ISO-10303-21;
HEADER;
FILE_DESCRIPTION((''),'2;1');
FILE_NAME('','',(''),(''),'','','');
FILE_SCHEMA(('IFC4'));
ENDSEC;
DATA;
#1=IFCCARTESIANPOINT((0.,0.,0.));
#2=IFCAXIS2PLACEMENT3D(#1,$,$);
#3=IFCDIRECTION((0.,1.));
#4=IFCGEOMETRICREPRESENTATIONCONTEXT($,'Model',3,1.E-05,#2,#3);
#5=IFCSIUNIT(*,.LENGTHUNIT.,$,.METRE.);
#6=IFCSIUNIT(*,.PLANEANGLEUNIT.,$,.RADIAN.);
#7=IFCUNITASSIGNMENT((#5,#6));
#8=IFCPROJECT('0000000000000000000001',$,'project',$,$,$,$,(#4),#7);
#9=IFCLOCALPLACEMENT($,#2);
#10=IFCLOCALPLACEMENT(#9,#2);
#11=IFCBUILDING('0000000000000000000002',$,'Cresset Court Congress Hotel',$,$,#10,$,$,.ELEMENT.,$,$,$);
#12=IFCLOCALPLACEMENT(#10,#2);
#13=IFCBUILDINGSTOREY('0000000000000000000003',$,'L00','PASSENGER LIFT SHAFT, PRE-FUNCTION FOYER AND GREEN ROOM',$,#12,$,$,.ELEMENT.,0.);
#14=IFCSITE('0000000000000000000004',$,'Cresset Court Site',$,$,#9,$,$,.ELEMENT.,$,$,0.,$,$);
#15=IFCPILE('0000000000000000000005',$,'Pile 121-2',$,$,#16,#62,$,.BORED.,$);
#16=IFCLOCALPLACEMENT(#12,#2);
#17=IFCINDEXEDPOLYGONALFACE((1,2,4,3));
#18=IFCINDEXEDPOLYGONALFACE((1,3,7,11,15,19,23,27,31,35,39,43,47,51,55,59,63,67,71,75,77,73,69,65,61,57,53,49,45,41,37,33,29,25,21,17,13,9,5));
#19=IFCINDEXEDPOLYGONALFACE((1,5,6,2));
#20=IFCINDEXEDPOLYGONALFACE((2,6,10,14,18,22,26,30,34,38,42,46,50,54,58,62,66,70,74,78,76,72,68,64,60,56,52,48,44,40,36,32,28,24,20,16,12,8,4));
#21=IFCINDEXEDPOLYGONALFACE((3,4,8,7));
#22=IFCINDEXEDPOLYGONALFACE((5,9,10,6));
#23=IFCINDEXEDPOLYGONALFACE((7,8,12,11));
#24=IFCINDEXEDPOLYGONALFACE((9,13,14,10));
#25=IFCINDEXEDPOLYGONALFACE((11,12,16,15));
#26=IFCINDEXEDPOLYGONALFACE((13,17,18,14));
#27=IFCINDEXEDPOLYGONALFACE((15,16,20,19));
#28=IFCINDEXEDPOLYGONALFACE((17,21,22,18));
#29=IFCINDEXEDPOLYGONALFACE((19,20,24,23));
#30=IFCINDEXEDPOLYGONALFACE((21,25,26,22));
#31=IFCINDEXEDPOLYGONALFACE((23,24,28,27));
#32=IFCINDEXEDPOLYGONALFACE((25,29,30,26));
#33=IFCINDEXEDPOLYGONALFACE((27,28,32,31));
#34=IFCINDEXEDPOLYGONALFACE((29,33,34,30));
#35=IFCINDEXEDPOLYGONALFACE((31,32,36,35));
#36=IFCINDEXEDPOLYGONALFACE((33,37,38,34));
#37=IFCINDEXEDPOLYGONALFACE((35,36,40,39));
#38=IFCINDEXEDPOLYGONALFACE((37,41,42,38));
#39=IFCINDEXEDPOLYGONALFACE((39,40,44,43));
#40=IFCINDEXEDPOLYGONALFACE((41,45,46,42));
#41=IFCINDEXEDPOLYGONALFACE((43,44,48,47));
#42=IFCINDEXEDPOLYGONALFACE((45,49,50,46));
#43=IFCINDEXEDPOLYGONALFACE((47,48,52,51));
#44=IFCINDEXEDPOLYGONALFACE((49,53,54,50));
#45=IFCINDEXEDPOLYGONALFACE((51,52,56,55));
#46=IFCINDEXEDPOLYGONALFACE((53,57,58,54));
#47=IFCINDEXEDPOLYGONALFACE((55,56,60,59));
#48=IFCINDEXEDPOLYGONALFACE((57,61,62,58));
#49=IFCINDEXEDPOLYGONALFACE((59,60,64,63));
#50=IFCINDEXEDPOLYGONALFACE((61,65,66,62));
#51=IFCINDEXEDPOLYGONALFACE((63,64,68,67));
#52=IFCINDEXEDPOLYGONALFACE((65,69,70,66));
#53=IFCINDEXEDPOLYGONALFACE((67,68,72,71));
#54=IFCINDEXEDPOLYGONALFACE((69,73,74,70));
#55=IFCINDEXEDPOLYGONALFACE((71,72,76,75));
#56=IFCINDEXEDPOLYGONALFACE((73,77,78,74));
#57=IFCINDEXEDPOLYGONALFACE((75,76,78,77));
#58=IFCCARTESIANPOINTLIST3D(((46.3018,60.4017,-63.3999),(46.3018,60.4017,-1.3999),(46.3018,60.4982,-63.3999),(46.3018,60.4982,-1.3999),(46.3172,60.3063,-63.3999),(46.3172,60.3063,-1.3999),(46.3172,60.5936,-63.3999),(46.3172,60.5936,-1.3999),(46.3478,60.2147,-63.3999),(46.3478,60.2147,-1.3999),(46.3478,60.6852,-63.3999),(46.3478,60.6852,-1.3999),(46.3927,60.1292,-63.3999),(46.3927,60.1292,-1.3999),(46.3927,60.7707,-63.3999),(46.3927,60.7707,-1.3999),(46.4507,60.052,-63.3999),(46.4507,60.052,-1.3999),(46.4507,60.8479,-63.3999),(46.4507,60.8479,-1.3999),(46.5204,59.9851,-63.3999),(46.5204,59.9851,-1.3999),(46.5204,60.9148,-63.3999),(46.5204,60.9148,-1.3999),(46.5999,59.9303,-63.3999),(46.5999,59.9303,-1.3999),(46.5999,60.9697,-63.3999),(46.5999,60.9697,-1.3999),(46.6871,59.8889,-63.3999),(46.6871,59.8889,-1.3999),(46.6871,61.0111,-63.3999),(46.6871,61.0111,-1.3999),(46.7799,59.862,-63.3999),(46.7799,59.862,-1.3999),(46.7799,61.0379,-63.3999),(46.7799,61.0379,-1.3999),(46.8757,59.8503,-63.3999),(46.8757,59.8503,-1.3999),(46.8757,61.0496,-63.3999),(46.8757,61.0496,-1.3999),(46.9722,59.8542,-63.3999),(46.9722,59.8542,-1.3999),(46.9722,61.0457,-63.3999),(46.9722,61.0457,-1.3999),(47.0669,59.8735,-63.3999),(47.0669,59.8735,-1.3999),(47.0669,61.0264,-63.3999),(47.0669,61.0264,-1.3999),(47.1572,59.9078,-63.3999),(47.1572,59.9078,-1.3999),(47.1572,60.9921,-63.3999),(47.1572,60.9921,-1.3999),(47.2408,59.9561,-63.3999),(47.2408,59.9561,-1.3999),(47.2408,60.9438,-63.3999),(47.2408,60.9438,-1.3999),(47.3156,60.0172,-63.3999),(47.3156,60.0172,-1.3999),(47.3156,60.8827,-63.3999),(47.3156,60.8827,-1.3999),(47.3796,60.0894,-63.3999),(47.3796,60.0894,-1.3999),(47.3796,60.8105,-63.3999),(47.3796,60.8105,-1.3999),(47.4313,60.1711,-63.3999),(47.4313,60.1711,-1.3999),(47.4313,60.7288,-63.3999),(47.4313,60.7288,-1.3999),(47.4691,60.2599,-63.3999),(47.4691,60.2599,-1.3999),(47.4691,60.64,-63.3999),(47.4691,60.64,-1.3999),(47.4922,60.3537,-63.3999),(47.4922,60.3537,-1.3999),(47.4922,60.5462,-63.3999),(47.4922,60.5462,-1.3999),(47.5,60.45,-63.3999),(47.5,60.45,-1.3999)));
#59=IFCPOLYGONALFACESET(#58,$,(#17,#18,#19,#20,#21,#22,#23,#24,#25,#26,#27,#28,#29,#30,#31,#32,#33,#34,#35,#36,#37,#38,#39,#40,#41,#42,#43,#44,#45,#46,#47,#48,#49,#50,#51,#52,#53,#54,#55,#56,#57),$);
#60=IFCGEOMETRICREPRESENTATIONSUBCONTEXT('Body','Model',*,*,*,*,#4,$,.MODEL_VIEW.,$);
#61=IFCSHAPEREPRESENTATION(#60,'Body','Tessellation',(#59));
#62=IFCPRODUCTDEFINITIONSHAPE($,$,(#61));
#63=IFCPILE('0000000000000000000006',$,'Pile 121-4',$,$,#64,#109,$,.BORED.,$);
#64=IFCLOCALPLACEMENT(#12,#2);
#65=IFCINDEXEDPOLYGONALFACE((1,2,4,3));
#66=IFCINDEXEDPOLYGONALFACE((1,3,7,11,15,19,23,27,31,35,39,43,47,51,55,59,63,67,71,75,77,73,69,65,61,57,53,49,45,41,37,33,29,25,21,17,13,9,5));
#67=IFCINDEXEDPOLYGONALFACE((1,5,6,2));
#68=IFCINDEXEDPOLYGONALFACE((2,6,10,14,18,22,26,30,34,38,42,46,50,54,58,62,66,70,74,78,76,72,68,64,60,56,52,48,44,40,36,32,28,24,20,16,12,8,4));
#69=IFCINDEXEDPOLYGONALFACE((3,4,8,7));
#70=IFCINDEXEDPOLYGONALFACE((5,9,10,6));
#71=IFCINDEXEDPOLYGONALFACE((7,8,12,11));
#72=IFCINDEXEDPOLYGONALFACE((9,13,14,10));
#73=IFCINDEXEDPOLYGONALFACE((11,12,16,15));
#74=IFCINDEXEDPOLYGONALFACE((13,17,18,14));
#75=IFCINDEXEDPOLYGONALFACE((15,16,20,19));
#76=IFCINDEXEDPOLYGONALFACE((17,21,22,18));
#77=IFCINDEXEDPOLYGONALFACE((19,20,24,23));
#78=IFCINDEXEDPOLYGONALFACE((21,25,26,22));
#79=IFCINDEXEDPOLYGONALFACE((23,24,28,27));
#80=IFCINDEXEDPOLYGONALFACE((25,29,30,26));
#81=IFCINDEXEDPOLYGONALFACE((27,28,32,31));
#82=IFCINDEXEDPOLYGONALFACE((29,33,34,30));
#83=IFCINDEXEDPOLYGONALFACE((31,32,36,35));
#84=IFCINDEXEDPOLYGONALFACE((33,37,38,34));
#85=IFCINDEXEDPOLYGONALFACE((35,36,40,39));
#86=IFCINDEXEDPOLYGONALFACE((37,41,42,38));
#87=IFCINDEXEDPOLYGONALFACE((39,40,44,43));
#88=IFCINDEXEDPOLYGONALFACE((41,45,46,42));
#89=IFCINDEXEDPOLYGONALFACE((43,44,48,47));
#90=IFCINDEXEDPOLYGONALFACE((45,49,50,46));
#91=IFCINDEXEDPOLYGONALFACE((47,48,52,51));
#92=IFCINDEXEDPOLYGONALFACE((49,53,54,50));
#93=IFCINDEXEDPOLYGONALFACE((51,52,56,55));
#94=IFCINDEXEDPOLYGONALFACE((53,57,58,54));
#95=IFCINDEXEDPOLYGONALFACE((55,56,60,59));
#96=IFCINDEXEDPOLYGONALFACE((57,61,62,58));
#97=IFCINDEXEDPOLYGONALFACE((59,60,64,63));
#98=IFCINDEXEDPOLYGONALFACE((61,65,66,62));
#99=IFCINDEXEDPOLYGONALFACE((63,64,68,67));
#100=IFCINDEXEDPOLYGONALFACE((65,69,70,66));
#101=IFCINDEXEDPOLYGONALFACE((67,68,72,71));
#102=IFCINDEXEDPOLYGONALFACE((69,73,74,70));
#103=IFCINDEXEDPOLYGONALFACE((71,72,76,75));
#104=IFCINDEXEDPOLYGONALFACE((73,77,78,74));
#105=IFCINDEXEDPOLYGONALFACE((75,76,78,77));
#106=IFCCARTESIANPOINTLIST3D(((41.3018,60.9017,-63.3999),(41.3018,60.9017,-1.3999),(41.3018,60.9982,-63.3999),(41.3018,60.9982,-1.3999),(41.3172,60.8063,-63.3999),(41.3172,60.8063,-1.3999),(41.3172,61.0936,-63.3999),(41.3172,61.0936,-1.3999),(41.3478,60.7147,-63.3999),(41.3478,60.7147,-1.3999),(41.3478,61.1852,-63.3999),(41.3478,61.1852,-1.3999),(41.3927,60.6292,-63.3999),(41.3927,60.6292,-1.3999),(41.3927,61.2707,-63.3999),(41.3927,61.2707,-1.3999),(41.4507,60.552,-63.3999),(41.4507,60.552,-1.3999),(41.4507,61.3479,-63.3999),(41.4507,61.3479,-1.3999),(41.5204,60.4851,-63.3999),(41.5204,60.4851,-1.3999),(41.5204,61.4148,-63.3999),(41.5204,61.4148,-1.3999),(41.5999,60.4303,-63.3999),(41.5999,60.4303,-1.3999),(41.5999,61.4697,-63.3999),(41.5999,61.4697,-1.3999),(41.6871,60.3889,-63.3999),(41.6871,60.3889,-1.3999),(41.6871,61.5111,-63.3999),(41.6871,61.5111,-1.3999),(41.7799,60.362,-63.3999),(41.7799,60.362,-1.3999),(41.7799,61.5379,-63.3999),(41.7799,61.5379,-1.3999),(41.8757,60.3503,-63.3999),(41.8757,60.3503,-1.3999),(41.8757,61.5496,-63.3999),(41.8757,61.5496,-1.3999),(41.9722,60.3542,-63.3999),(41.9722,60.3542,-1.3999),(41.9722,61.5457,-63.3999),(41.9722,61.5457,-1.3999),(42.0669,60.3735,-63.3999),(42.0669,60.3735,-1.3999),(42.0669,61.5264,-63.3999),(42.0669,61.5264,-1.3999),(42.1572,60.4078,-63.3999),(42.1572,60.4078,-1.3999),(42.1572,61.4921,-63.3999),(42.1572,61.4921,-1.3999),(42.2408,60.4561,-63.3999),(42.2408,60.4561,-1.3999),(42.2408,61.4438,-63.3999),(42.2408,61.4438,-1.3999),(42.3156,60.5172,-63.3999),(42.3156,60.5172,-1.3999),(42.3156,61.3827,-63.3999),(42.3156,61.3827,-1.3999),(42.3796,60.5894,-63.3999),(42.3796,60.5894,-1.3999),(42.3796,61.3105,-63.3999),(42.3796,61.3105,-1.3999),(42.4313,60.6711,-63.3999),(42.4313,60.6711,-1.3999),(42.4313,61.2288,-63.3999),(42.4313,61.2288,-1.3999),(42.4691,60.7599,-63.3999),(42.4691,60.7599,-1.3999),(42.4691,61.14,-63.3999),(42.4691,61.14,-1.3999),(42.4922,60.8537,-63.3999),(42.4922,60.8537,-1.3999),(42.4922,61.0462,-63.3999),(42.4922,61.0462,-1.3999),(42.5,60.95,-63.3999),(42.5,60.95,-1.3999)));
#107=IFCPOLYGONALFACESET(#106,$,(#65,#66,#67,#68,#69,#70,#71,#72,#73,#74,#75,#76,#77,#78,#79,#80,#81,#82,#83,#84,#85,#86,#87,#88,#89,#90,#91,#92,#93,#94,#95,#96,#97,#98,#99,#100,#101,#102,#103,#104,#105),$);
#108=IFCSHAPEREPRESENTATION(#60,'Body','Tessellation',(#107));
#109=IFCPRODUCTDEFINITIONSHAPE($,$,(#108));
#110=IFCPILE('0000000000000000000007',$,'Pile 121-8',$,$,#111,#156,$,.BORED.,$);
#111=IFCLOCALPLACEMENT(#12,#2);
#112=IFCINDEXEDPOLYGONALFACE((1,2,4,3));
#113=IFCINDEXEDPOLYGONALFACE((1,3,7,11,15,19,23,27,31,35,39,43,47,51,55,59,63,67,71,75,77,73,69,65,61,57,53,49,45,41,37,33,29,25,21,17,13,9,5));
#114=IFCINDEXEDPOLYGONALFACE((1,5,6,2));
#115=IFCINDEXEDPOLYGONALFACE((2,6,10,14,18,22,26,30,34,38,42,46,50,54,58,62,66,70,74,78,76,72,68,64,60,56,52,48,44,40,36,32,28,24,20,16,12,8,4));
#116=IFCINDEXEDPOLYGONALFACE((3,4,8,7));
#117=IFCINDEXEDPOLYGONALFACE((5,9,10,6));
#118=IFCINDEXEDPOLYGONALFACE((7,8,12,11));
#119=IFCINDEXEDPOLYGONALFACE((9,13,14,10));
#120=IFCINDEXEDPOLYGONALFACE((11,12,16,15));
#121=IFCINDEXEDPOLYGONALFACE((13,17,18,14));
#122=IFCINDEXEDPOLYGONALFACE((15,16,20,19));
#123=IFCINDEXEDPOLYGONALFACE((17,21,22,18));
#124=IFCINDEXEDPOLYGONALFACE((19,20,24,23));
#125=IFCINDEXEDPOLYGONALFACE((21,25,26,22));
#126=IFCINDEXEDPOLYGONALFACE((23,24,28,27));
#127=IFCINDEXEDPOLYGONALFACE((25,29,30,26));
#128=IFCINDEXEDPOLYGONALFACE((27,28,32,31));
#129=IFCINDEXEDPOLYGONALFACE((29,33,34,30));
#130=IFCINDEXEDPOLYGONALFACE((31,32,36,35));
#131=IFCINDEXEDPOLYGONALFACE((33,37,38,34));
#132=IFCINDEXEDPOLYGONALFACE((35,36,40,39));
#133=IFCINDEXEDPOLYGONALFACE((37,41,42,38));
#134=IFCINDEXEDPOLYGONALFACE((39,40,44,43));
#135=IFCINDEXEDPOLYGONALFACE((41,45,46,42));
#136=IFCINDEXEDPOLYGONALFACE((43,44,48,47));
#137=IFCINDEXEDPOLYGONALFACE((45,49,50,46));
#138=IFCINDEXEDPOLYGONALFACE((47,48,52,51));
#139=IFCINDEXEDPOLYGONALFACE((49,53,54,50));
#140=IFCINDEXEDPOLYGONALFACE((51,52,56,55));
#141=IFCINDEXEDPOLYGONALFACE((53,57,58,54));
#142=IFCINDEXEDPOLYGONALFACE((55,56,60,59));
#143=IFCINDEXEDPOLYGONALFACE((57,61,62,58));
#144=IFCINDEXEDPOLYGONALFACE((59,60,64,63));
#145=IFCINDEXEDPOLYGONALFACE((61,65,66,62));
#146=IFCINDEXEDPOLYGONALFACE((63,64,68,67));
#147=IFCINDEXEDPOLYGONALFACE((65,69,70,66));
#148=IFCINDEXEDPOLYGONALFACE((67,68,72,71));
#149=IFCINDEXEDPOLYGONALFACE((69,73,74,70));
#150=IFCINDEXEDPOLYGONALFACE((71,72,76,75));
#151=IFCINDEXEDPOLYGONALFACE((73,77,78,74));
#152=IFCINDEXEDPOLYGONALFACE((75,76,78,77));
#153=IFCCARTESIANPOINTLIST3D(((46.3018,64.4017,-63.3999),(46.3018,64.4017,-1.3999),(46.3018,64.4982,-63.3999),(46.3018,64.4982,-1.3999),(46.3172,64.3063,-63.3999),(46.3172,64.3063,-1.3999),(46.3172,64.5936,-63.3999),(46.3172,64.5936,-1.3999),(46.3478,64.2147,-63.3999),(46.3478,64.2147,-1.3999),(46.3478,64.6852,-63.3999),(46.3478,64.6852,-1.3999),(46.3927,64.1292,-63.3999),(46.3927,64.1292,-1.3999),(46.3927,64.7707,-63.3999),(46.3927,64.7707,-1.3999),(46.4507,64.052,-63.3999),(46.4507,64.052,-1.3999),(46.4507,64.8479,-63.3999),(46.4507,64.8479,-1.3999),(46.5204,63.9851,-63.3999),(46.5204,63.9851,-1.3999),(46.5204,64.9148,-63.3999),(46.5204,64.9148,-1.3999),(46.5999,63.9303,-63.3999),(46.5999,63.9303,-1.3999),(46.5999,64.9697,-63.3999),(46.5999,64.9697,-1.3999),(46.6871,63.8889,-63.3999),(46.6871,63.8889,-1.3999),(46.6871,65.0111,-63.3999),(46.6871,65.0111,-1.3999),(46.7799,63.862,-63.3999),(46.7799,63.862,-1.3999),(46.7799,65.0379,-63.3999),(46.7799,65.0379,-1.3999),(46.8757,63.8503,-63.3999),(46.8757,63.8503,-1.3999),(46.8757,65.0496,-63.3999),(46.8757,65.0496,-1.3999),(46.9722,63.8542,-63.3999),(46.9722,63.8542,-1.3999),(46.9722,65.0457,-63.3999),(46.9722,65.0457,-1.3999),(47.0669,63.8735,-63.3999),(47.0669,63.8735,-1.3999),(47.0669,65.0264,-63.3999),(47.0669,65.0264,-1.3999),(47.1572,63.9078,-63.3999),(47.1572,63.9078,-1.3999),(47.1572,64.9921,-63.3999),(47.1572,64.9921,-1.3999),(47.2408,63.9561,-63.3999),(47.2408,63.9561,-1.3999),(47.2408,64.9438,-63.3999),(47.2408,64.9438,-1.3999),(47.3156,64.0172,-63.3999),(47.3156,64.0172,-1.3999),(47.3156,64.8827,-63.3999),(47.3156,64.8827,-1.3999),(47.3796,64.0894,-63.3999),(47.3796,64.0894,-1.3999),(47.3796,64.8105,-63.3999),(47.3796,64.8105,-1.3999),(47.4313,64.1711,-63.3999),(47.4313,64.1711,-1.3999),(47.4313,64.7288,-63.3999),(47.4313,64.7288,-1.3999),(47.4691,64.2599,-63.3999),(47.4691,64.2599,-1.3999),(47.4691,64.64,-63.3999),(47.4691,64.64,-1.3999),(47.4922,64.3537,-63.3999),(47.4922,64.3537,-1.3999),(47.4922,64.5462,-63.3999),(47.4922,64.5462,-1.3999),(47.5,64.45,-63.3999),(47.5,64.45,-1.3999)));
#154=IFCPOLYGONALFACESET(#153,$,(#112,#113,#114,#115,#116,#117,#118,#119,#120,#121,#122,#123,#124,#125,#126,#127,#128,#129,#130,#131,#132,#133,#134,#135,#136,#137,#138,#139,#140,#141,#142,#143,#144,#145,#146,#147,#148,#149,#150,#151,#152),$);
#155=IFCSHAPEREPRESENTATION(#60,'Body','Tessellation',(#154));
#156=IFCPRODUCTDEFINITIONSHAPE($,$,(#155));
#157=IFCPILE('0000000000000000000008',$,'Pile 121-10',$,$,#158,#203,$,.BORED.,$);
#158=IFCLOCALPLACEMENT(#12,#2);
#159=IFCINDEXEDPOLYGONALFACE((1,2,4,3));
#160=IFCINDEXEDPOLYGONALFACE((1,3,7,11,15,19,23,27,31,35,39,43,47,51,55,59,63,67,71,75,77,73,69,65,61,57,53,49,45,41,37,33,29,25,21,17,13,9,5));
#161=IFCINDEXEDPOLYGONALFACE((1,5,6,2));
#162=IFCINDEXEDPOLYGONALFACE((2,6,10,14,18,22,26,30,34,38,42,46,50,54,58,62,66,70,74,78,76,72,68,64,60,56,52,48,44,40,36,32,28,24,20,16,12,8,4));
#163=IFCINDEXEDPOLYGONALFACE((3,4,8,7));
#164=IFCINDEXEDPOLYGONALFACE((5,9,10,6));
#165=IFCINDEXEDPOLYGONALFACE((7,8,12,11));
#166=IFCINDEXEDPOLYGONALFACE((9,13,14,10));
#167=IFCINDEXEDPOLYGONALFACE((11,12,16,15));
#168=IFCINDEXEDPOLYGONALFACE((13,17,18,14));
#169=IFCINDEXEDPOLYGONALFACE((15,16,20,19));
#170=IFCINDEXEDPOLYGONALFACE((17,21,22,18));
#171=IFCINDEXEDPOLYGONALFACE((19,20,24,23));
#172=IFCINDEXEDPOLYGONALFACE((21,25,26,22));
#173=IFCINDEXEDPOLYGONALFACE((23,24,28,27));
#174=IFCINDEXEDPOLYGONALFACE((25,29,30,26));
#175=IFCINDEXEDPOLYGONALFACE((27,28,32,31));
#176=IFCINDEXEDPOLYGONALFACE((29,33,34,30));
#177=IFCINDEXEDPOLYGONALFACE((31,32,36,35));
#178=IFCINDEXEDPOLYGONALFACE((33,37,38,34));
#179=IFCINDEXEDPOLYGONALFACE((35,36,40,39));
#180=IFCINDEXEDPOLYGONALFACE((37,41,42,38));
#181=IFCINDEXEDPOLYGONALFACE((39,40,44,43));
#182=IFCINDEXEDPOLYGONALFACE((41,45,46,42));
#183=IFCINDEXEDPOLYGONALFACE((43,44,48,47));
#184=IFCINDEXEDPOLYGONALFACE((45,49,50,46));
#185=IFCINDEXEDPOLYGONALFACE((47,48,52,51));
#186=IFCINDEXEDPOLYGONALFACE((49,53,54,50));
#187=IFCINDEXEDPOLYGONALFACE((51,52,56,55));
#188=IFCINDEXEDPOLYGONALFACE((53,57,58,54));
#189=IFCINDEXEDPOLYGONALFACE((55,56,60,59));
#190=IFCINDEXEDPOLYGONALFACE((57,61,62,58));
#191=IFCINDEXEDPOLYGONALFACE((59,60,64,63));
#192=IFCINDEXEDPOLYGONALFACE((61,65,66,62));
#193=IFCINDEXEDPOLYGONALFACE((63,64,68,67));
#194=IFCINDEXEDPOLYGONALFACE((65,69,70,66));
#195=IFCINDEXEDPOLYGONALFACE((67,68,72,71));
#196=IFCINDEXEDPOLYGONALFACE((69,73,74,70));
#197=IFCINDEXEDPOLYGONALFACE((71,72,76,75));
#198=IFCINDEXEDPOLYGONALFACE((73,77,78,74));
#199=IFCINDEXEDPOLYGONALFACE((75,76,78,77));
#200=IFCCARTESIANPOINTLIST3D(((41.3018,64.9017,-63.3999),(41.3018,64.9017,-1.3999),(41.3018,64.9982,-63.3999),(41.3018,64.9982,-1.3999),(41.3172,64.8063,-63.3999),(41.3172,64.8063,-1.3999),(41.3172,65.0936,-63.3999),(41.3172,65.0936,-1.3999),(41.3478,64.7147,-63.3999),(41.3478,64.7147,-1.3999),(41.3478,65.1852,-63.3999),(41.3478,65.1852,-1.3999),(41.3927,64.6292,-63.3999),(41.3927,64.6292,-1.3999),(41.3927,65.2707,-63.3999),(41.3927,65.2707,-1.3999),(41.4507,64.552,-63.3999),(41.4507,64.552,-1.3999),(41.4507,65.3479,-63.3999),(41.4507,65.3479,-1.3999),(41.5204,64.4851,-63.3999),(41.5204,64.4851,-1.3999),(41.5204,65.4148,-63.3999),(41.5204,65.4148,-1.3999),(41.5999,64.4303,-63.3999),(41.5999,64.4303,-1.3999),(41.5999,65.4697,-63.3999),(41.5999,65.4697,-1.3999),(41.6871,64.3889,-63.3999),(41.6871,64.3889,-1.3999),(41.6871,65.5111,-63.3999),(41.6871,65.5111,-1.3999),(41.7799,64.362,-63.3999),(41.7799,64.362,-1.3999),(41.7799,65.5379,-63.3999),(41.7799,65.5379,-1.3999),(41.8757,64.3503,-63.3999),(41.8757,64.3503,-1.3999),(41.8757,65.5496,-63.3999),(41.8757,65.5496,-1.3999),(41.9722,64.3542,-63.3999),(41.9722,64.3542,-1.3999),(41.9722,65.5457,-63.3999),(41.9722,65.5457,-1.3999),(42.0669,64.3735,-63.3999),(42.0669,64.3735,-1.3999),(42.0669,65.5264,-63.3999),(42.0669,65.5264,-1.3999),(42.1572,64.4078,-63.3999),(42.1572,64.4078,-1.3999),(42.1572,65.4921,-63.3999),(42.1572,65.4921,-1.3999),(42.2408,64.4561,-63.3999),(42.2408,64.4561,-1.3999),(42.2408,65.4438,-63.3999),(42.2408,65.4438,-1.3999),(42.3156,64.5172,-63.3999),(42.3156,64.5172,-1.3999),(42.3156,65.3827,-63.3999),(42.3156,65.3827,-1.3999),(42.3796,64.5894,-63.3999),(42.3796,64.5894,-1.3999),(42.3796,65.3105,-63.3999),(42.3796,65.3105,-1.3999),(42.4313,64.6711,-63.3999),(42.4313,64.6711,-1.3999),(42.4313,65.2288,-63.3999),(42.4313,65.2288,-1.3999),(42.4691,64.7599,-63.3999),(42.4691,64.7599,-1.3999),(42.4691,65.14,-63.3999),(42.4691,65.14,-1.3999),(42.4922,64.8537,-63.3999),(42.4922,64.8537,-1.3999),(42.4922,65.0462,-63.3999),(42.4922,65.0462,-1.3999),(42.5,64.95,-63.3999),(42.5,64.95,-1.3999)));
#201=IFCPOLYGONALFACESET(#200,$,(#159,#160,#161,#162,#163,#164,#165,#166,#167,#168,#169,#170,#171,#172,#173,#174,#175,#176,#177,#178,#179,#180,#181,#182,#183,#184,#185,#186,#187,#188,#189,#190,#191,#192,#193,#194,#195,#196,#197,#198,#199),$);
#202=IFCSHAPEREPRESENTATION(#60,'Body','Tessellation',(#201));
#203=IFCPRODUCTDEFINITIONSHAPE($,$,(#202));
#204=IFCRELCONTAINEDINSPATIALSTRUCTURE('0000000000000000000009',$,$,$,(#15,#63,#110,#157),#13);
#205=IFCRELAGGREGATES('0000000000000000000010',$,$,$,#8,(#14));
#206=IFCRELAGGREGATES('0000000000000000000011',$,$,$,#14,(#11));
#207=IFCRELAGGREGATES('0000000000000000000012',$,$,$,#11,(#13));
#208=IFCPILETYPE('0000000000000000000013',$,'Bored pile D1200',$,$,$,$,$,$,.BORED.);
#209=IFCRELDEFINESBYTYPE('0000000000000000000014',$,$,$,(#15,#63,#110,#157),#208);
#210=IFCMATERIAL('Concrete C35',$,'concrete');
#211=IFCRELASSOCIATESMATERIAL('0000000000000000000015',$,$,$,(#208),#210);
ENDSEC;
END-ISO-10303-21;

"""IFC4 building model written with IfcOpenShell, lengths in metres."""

from ifc_helpers import new_model, si_unit, direction, frame, origin, origin_2d, place, context, subcontext, project, spatial, circle, extrude, material, type_object, element, save


model = new_model("IFC4")

# Units and contexts
model_context = context("Model", 3, precision=1e-05, world=origin(), true_north=direction((0.0, 1.0)))
body_context = subcontext(model_context, "Body", "Model", "MODEL_VIEW")
ifc_project = project(units=[si_unit("LENGTHUNIT", "METRE"), si_unit("PLANEANGLEUNIT", "RADIAN")], contexts=[model_context])

# Site, building, storey
site_placement = place(None, origin())
site = spatial("IfcSite", under=ifc_project, at=site_placement, Name="Cresset Court Site", CompositionType="ELEMENT", RefElevation=0.0)
building_placement = place(site_placement, origin())
building = spatial("IfcBuilding", under=site, at=building_placement, Name="Cresset Court Congress Hotel", CompositionType="ELEMENT")
storey_placement = place(building_placement, origin())
storey = spatial("IfcBuildingStorey", under=building, at=storey_placement, Name="L00", Description="PASSENGER LIFT SHAFT, PRE-FUNCTION FOYER AND GREEN ROOM", CompositionType="ELEMENT", Elevation=0.0)

# Piles
ifc_material_1 = material(Name="Concrete C35", Category="concrete")
pile_type = type_object("IfcPileType", Name="Bored pile D1200", PredefinedType="BORED", material=ifc_material_1)
for number, where, z_axis, x_axis, name in (
    (1, (46.8999, 60.45, -1.3999), (0.0, 0.0, -1.0), (1.0, 0.0, 0.0), "Pile 121-2"),
    (2, (41.8999, 60.95, -1.3999), (0.0, 0.0, -1.0), (1.0, 0.0, 0.0), "Pile 121-4"),
    (3, (46.8999, 64.45, -1.3999), (0.0, 0.0, -1.0), (1.0, 0.0, 0.0), "Pile 121-8"),
    (4, (41.8999, 64.95, -1.3999), (0.0, 0.0, -1.0), (1.0, 0.0, 0.0), "Pile 121-10"),
):
    element("IfcPile", number, at=place(storey_placement, frame(where, z_axis=z_axis, x_axis=x_axis)), inside=storey, type_object=pile_type, Name=name, PredefinedType="BORED", context=body_context, shape_type="SweptSolid", body=[
        extrude(circle(Radius=0.6001, at=origin_2d()), origin(), (0.0, 0.0, 1.0), 62.0),
    ])

save(model, "model.ifc")
